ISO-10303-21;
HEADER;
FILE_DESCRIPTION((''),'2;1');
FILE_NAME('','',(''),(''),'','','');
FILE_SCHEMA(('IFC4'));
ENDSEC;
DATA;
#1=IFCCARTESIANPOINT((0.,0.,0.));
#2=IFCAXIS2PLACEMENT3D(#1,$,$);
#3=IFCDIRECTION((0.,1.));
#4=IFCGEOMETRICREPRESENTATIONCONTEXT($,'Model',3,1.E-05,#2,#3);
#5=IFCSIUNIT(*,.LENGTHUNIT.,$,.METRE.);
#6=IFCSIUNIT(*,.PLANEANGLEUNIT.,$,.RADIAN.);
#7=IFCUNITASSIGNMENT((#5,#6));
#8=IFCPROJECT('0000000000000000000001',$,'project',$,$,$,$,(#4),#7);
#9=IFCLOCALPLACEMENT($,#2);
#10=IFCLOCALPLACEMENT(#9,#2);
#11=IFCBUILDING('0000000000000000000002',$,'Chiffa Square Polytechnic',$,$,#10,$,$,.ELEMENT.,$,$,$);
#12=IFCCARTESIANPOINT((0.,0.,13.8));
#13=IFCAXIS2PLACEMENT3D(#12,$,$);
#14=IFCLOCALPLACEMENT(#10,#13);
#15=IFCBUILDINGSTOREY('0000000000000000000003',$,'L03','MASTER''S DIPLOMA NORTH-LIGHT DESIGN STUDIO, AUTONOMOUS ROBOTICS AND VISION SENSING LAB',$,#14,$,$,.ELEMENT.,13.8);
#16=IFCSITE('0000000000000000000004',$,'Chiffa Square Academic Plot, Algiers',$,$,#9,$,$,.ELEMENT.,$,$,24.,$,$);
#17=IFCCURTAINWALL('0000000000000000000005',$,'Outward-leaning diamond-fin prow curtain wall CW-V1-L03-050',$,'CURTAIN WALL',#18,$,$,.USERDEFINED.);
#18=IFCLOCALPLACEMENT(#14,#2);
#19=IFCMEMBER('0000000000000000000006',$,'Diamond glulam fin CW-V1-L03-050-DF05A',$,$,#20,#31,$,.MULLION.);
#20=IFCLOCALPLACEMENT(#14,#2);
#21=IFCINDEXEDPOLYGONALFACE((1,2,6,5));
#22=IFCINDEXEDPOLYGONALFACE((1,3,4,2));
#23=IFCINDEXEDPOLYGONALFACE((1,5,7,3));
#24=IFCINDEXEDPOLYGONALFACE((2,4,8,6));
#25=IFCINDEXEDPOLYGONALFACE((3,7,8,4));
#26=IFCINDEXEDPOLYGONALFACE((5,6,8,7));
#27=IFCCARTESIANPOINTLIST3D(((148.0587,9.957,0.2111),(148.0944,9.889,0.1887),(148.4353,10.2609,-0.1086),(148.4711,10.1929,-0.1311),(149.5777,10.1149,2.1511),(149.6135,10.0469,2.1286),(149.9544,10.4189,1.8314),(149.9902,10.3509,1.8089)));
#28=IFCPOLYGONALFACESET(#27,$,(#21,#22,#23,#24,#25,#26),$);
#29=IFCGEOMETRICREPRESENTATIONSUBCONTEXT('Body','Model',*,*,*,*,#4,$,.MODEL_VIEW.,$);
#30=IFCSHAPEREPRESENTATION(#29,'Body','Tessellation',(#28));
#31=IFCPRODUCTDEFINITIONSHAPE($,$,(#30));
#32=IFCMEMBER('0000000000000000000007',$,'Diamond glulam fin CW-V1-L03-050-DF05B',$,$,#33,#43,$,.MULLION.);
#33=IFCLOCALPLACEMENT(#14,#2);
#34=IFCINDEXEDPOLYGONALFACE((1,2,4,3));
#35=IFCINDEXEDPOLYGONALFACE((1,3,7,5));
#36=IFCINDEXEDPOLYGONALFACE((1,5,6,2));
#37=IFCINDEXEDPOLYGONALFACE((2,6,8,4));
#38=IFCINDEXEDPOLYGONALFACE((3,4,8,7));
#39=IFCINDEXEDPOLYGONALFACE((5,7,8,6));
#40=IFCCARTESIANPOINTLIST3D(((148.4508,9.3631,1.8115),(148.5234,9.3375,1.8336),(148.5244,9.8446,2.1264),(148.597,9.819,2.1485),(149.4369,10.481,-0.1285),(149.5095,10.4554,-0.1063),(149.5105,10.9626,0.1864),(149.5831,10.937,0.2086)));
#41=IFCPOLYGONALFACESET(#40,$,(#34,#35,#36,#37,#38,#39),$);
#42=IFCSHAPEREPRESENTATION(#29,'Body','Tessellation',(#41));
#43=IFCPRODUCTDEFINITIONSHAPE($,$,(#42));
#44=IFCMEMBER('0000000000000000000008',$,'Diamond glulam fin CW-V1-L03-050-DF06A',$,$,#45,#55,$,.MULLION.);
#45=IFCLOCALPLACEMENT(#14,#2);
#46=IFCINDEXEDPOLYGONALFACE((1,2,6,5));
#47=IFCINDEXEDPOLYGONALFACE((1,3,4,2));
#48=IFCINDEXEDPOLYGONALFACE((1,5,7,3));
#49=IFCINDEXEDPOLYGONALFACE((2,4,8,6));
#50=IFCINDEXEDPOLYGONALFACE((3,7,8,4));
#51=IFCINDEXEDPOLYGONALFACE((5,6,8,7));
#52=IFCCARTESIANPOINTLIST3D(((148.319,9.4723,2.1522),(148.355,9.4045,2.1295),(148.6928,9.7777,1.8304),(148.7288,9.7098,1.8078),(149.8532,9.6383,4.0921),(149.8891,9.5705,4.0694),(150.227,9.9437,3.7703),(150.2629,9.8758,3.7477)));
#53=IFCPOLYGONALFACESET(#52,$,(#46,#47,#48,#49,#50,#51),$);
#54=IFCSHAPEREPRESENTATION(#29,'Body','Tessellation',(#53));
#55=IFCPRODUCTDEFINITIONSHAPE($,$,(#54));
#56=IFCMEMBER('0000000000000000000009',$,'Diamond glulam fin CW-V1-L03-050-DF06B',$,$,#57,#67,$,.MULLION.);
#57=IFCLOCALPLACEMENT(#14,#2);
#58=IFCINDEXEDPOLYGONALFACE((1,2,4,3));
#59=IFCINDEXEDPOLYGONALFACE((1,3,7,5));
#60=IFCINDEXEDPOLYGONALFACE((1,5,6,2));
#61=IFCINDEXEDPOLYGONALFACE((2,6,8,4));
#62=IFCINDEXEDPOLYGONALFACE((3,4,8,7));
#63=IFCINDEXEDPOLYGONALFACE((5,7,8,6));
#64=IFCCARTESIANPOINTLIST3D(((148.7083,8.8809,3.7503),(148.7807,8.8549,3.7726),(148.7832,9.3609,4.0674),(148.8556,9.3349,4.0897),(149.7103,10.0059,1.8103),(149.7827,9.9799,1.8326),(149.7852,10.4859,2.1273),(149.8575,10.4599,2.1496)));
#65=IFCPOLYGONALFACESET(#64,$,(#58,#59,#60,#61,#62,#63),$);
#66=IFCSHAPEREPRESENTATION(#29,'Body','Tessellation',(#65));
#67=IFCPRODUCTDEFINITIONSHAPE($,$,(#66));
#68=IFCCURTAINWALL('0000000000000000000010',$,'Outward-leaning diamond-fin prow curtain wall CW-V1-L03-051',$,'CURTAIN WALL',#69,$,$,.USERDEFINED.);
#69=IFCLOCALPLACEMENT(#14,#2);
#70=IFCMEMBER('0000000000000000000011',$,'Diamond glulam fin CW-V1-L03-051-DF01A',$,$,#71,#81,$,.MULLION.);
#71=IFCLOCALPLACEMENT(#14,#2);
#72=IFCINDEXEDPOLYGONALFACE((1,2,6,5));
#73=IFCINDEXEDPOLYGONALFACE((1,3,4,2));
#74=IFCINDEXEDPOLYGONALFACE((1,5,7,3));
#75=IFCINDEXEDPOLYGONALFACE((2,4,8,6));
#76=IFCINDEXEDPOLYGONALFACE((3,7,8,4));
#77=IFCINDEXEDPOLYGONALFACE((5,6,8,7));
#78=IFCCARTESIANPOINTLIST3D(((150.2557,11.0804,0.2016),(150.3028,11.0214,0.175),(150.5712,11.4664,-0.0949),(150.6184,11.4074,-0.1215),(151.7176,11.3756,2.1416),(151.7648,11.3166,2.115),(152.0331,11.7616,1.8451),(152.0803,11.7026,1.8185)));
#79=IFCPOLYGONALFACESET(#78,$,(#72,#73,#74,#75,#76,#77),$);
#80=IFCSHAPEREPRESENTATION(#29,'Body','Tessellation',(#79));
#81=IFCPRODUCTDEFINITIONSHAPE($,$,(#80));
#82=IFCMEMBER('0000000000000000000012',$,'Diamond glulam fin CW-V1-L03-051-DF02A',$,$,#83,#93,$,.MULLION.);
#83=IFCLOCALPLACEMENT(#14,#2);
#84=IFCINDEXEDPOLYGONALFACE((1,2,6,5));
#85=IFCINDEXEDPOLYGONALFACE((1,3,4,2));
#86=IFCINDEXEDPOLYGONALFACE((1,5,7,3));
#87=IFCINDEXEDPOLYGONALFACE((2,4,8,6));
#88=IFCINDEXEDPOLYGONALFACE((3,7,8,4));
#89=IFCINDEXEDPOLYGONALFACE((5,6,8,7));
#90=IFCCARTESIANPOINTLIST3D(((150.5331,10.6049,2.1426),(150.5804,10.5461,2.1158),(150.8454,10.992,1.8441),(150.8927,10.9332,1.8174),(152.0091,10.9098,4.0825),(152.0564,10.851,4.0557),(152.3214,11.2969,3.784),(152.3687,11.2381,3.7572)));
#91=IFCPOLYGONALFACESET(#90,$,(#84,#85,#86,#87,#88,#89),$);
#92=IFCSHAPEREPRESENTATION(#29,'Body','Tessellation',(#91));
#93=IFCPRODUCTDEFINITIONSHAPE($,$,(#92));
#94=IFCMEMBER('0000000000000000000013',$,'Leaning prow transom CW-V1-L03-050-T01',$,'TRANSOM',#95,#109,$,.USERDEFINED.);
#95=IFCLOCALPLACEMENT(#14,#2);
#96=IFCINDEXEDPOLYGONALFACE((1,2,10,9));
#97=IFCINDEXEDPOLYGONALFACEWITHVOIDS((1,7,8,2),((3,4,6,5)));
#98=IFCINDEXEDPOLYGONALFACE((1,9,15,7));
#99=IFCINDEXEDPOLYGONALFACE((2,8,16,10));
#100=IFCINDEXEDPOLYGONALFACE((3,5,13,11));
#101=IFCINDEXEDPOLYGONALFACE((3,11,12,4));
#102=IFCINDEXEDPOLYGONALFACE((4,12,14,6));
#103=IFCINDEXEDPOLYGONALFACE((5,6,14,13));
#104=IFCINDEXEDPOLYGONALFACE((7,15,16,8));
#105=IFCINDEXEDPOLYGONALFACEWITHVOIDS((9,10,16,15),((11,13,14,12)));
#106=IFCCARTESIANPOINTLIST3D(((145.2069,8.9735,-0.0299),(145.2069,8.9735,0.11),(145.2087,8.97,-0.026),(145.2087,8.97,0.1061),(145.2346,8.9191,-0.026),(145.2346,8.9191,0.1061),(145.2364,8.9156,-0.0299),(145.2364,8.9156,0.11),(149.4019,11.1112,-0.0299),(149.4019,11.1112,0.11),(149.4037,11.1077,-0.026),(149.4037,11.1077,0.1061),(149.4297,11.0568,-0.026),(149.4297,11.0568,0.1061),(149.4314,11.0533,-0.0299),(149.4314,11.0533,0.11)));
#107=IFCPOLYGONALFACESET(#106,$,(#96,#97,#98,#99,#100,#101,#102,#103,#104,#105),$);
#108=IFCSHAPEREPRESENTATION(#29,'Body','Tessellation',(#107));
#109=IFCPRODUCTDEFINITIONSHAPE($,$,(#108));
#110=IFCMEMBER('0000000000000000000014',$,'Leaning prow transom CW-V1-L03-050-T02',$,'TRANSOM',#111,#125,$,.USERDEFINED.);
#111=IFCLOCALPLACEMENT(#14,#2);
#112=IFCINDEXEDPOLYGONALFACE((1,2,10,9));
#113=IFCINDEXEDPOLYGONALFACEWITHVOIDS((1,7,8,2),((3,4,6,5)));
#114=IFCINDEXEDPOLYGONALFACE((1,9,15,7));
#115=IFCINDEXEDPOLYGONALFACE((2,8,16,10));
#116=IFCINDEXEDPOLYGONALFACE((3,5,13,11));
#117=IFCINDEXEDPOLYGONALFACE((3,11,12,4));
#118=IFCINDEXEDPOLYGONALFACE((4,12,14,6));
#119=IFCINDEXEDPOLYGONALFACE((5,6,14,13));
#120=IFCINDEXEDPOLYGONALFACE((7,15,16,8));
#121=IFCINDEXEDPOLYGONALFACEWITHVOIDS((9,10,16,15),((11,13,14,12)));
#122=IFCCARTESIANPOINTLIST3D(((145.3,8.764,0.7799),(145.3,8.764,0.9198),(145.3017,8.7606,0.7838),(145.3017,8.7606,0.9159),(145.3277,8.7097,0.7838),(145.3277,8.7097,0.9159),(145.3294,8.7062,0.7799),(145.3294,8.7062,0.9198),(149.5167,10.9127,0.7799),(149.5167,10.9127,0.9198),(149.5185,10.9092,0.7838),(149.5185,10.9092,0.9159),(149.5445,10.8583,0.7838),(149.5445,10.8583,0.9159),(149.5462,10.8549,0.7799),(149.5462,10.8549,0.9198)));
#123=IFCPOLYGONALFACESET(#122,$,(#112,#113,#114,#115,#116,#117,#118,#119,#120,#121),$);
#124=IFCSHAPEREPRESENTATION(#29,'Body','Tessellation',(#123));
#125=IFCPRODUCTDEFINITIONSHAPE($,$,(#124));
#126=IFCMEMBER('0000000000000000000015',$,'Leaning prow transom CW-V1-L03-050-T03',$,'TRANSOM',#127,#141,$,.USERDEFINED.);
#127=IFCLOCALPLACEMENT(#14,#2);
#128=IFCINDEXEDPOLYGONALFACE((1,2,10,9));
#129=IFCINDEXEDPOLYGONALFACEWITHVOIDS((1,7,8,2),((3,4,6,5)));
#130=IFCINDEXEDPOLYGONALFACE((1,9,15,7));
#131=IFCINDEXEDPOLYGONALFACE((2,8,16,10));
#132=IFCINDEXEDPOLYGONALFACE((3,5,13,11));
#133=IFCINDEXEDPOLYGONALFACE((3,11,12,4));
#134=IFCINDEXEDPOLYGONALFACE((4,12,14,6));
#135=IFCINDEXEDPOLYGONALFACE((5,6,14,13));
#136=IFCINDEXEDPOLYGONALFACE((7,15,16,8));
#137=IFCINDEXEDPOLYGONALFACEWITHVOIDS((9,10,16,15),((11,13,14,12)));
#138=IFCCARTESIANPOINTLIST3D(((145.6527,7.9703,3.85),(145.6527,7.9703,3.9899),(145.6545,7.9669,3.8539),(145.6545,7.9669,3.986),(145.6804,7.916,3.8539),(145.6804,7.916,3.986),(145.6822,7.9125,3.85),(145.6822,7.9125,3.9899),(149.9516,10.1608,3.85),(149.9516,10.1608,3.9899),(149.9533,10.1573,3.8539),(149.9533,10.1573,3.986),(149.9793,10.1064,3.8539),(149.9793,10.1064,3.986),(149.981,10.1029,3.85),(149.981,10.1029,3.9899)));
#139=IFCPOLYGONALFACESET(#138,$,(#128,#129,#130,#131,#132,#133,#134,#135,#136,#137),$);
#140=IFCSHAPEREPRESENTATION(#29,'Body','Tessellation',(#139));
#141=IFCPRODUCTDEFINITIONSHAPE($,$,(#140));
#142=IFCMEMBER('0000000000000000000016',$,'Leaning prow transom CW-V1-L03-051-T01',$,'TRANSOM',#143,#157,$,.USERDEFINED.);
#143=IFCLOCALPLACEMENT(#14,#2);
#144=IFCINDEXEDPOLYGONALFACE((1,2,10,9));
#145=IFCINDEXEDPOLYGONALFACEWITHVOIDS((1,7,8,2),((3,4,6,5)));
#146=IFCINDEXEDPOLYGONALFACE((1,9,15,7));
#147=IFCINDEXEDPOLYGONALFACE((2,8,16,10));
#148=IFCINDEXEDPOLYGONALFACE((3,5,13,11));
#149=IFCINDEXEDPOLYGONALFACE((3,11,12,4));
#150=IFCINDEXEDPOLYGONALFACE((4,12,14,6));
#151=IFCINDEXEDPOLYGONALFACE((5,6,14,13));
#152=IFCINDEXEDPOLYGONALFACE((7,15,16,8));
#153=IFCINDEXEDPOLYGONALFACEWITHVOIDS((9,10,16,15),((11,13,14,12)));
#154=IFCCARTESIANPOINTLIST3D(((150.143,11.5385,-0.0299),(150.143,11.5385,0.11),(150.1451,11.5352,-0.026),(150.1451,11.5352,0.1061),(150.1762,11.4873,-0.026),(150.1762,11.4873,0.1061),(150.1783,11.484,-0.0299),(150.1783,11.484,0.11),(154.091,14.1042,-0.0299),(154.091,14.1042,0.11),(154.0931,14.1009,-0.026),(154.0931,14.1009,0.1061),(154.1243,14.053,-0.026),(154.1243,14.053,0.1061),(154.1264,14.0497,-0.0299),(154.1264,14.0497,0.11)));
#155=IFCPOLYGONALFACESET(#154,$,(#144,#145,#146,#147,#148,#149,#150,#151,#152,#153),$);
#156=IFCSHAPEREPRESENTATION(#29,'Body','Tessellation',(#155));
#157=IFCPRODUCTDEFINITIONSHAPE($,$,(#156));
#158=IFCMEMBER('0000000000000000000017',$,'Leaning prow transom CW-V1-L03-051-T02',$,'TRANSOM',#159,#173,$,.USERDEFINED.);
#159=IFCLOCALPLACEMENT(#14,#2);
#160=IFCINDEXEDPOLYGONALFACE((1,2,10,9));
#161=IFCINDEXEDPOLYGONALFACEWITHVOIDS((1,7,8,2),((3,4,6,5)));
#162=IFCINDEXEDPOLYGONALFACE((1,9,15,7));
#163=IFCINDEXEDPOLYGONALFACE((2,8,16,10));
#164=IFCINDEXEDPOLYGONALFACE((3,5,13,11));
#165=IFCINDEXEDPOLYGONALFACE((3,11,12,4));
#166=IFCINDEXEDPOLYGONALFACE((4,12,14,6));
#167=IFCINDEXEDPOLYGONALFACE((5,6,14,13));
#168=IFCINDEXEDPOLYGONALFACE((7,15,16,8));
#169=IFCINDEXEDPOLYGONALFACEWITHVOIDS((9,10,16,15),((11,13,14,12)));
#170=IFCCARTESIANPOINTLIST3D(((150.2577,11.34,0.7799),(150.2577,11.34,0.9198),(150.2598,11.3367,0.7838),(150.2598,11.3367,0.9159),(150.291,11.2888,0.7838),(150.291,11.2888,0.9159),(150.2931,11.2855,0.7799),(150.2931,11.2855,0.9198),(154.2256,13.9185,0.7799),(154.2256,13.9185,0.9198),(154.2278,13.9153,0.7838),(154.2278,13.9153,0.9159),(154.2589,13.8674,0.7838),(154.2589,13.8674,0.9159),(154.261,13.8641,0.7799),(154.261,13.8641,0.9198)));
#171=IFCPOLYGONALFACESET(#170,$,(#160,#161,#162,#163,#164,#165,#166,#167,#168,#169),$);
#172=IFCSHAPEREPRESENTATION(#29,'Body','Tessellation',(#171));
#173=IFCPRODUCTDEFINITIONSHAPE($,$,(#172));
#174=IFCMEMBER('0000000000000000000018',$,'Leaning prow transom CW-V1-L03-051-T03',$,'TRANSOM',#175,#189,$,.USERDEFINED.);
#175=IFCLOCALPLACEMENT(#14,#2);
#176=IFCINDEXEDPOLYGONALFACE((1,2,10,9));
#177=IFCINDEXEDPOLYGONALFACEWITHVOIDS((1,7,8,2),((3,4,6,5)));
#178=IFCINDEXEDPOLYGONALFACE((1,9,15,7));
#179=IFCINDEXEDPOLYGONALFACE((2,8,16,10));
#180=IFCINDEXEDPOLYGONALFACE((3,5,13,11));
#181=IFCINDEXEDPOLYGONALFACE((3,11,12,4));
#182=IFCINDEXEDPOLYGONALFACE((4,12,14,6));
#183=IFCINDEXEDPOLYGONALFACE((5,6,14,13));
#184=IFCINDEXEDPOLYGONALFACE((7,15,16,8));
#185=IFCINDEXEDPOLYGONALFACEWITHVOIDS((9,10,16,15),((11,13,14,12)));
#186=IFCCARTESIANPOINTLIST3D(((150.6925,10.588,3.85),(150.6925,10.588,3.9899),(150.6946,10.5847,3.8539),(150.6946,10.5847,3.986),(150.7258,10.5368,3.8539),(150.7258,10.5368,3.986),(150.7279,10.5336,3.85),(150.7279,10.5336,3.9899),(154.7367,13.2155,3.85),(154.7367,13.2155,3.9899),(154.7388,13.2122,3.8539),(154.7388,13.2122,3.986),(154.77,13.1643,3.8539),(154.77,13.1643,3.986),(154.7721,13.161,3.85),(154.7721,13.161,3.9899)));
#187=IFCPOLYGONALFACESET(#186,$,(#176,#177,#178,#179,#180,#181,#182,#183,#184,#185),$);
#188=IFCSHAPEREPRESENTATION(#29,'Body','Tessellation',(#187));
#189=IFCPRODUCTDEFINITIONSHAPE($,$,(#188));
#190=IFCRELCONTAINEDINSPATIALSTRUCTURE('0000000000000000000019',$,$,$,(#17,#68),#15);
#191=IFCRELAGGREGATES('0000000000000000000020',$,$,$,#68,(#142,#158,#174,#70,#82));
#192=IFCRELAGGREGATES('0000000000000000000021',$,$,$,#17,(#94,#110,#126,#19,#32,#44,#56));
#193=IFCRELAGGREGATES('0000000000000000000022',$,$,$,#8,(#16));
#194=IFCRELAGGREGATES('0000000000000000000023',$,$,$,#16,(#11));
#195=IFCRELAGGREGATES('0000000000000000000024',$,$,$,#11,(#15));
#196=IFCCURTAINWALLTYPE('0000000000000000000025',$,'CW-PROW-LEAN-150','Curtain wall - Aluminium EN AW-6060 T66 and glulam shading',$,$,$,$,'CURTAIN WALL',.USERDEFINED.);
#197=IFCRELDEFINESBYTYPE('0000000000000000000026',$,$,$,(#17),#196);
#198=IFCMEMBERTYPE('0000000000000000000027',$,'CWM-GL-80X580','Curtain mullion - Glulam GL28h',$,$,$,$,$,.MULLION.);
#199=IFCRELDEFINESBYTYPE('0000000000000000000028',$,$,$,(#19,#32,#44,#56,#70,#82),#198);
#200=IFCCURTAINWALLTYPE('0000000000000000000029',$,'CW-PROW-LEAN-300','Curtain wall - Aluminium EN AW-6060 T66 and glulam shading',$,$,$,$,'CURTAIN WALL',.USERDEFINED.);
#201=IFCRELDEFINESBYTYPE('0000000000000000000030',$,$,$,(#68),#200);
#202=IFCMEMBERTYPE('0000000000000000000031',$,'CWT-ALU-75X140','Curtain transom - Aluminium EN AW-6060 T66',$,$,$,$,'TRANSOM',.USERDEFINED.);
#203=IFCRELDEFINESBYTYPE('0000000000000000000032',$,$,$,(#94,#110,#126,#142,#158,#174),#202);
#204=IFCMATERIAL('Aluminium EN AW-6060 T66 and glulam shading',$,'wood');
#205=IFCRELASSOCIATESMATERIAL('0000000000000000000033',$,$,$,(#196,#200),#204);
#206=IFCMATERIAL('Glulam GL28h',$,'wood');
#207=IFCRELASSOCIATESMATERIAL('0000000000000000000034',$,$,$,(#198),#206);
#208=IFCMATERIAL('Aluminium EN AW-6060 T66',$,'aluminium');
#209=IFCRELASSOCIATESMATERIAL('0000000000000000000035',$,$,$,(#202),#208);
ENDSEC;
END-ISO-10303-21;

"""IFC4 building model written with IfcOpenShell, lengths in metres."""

from ifc_helpers import new_model, si_unit, direction, frame, origin, origin_2d, place, context, subcontext, project, spatial, rectangle, hollow_rectangle, extrude, material, material_profile, profile_set, type_object, element, aggregate, save


model = new_model("IFC4")

# Units and contexts
model_context = context("Model", 3, precision=1e-05, world=origin(), true_north=direction((0.0, 1.0)))
body_context = subcontext(model_context, "Body", "Model", "MODEL_VIEW")
ifc_project = project(units=[si_unit("LENGTHUNIT", "METRE"), si_unit("PLANEANGLEUNIT", "RADIAN")], contexts=[model_context])

# Site, building, storey
site_placement = place(None, origin())
site = spatial("IfcSite", under=ifc_project, at=site_placement, Name="Chiffa Square Academic Plot, Algiers", CompositionType="ELEMENT", RefElevation=24.0)
building_placement = place(site_placement, origin())
building = spatial("IfcBuilding", under=site, at=building_placement, Name="Chiffa Square Polytechnic", CompositionType="ELEMENT")
storey_placement = place(building_placement, frame((0.0, 0.0, 13.8)))
storey = spatial("IfcBuildingStorey", under=building, at=storey_placement, Name="L03", Description="MASTER'S DIPLOMA NORTH-LIGHT DESIGN STUDIO, AUTONOMOUS ROBOTICS AND VISION SENSING LAB", CompositionType="ELEMENT", Elevation=13.8)

# Curtain walls, members
ifc_material_1 = material(Name="Aluminium EN AW-6060 T66 and glulam shading", Category="wood")
curtain_wall_type_1 = type_object("IfcCurtainWallType", Name="CW-PROW-LEAN-150", Description="Curtain wall - Aluminium EN AW-6060 T66 and glulam shading", ElementType="CURTAIN WALL", PredefinedType="USERDEFINED", material=ifc_material_1)
curtain_wall_1_placement = place(storey_placement, origin())
curtain_wall_1 = element("IfcCurtainWall", 1, at=curtain_wall_1_placement, inside=storey, type_object=curtain_wall_type_1, Name="Outward-leaning diamond-fin prow curtain wall CW-V1-L03-050", ObjectType="CURTAIN WALL", PredefinedType="USERDEFINED")
ifc_material_2 = material(Name="Aluminium EN AW-6060 T66", Category="aluminium")
ifc_material_3 = material(Name="Glulam GL28h", Category="wood")
ifc_material_profile_1 = material_profile(ifc_material_3, rectangle(XDim=0.0801, YDim=0.5801, at=origin_2d()), Name="GL28h 80x580")
ifc_profile_set_1 = profile_set([ifc_material_profile_1], Name="Glulam GL28h")
member_type_1 = type_object("IfcMemberType", Name="CWM-GL-80X580", Description="Curtain mullion - Glulam GL28h", PredefinedType="MULLION", material=ifc_profile_set_1)
member_1_placement = place(storey_placement, frame((148.2649, 10.075, 0.04), z_axis=(0.615254, 0.063978, 0.785729), x_axis=(-0.446956, 0.849334, 0.280825)))
member_1 = element("IfcMember", 2, at=member_1_placement, type_object=member_type_1, Name="Diamond glulam fin CW-V1-L03-050-DF05A", PredefinedType="MULLION", context=body_context, shape_type="SweptSolid", body=[
    extrude(rectangle(XDim=0.0801, YDim=0.5801, at=origin_2d()), origin(), (0.0, 0.0, 1.0), 2.469),
])
member_2_placement = place(storey_placement, frame((149.51, 10.709, 0.04), z_axis=(-0.403055, -0.456942, 0.792938), x_axis=(0.906336, -0.319434, 0.276618)))
member_2 = element("IfcMember", 3, at=member_2_placement, type_object=member_type_1, Name="Diamond glulam fin CW-V1-L03-050-DF05B", PredefinedType="MULLION", context=body_context, shape_type="SweptSolid", body=[
    extrude(rectangle(XDim=0.0801, YDim=0.5801, at=origin_2d()), origin(), (0.0, 0.0, 1.0), 2.4465),
])
member_3_placement = place(storey_placement, frame((148.5239, 9.5911, 1.98), z_axis=(0.618911, 0.066973, 0.782601), x_axis=(-0.449089, 0.847612, 0.28262)))
member_3 = element("IfcMember", 4, at=member_3_placement, type_object=member_type_1, Name="Diamond glulam fin CW-V1-L03-050-DF06A", PredefinedType="MULLION", context=body_context, shape_type="SweptSolid", body=[
    extrude(rectangle(XDim=0.0801, YDim=0.5801, at=origin_2d()), origin(), (0.0, 0.0, 1.0), 2.4788),
])
member_4_placement = place(storey_placement, frame((149.7839, 10.2329, 1.98), z_axis=(-0.407929, -0.458025, 0.789815), x_axis=(0.903852, -0.324831, 0.278453)))
member_4 = element("IfcMember", 5, at=member_4_placement, type_object=member_type_1, Name="Diamond glulam fin CW-V1-L03-050-DF06B", PredefinedType="MULLION", context=body_context, shape_type="SweptSolid", body=[
    extrude(rectangle(XDim=0.0801, YDim=0.5801, at=origin_2d()), origin(), (0.0, 0.0, 1.0), 2.4563),
])
curtain_wall_type_2 = type_object("IfcCurtainWallType", Name="CW-PROW-LEAN-300", Description="Curtain wall - Aluminium EN AW-6060 T66 and glulam shading", ElementType="CURTAIN WALL", PredefinedType="USERDEFINED", material=ifc_material_1)
curtain_wall_2_placement = place(storey_placement, origin())
curtain_wall_2 = element("IfcCurtainWall", 6, at=curtain_wall_2_placement, inside=storey, type_object=curtain_wall_type_2, Name="Outward-leaning diamond-fin prow curtain wall CW-V1-L03-051", ObjectType="CURTAIN WALL", PredefinedType="USERDEFINED")
member_5_placement = place(storey_placement, frame((150.437, 11.2439, 0.04), z_axis=(0.597437, 0.120625, 0.792792), x_axis=(-0.589226, 0.736627, 0.331954)))
member_5 = element("IfcMember", 7, at=member_5_placement, type_object=member_type_1, Name="Diamond glulam fin CW-V1-L03-051-DF01A", PredefinedType="MULLION", context=body_context, shape_type="SweptSolid", body=[
    extrude(rectangle(XDim=0.0801, YDim=0.5801, at=origin_2d()), origin(), (0.0, 0.0, 1.0), 2.447),
])
member_6_placement = place(storey_placement, frame((150.7129, 10.769, 1.98), z_axis=(0.600847, 0.124125, 0.789668), x_axis=(-0.590863, 0.734317, 0.334155)))
member_6 = element("IfcMember", 8, at=member_6_placement, type_object=member_type_1, Name="Diamond glulam fin CW-V1-L03-051-DF02A", PredefinedType="MULLION", context=body_context, shape_type="SweptSolid", body=[
    extrude(rectangle(XDim=0.0801, YDim=0.5801, at=origin_2d()), origin(), (0.0, 0.0, 1.0), 2.4565),
])

# Members
ifc_material_profile_2 = material_profile(ifc_material_2, hollow_rectangle(XDim=0.0649, YDim=0.1399, WallThickness=0.0039, at=origin_2d()), Name="ALU 65x140x4")
ifc_profile_set_2 = profile_set([ifc_material_profile_2], Name="Aluminium EN AW-6060 T66")
member_type_2 = type_object("IfcMemberType", Name="CWT-ALU-75X140", Description="Curtain transom - Aluminium EN AW-6060 T66", ElementType="TRANSOM", PredefinedType="USERDEFINED", material=ifc_profile_set_2)
member_7_placement = place(storey_placement, frame((145.2217, 8.9446, 0.04), z_axis=(0.890989, 0.454024, 0.0), x_axis=(-0.454024, 0.890989, 0.0)))
member_7 = element("IfcMember", 9, at=member_7_placement, type_object=member_type_2, Name="Leaning prow transom CW-V1-L03-050-T01", ObjectType="TRANSOM", PredefinedType="USERDEFINED", context=body_context, shape_type="SweptSolid", body=[
    extrude(hollow_rectangle(XDim=0.0649, YDim=0.1399, WallThickness=0.0039, at=origin_2d()), origin(), (0.0, 0.0, 1.0), 4.7083),
])
member_8_placement = place(storey_placement, frame((145.3147, 8.7351, 0.8499), z_axis=(0.890997, 0.45401, 0.0), x_axis=(-0.45401, 0.890997, 0.0)))
member_8 = element("IfcMember", 10, at=member_8_placement, type_object=member_type_2, Name="Leaning prow transom CW-V1-L03-050-T02", ObjectType="TRANSOM", PredefinedType="USERDEFINED", context=body_context, shape_type="SweptSolid", body=[
    extrude(hollow_rectangle(XDim=0.0649, YDim=0.1399, WallThickness=0.0039, at=origin_2d()), origin(), (0.0, 0.0, 1.0), 4.7327),
])
member_9_placement = place(storey_placement, frame((145.6675, 7.9414, 3.9199), z_axis=(0.891001, 0.454002, 0.0), x_axis=(-0.454002, 0.891001, 0.0)))
member_9 = element("IfcMember", 11, at=member_9_placement, type_object=member_type_2, Name="Leaning prow transom CW-V1-L03-050-T03", ObjectType="TRANSOM", PredefinedType="USERDEFINED", context=body_context, shape_type="SweptSolid", body=[
    extrude(hollow_rectangle(XDim=0.0649, YDim=0.1399, WallThickness=0.0039, at=origin_2d()), origin(), (0.0, 0.0, 1.0), 4.8247),
])
member_10_placement = place(storey_placement, frame((150.1606, 11.5112, 0.04), z_axis=(0.838495, 0.54491, 0.0), x_axis=(-0.54491, 0.838495, 0.0)))
member_10 = element("IfcMember", 12, at=member_10_placement, type_object=member_type_2, Name="Leaning prow transom CW-V1-L03-051-T01", ObjectType="TRANSOM", PredefinedType="USERDEFINED", context=body_context, shape_type="SweptSolid", body=[
    extrude(hollow_rectangle(XDim=0.0649, YDim=0.1399, WallThickness=0.0039, at=origin_2d()), origin(), (0.0, 0.0, 1.0), 4.7085),
])
member_11_placement = place(storey_placement, frame((150.2754, 11.3127, 0.8499), z_axis=(0.838501, 0.544899, 0.0), x_axis=(-0.544899, 0.838501, 0.0)))
member_11 = element("IfcMember", 13, at=member_11_placement, type_object=member_type_2, Name="Leaning prow transom CW-V1-L03-051-T02", ObjectType="TRANSOM", PredefinedType="USERDEFINED", context=body_context, shape_type="SweptSolid", body=[
    extrude(hollow_rectangle(XDim=0.0649, YDim=0.1399, WallThickness=0.0039, at=origin_2d()), origin(), (0.0, 0.0, 1.0), 4.7322),
])
member_12_placement = place(storey_placement, frame((150.7102, 10.5608, 3.9199), z_axis=(0.838565, 0.544802, 0.0), x_axis=(-0.544802, 0.838565, 0.0)))
member_12 = element("IfcMember", 14, at=member_12_placement, type_object=member_type_2, Name="Leaning prow transom CW-V1-L03-051-T03", ObjectType="TRANSOM", PredefinedType="USERDEFINED", context=body_context, shape_type="SweptSolid", body=[
    extrude(hollow_rectangle(XDim=0.0649, YDim=0.1399, WallThickness=0.0039, at=origin_2d()), origin(), (0.0, 0.0, 1.0), 4.8228),
])

aggregate(curtain_wall_2, [member_10, member_11, member_12, member_5, member_6])
aggregate(curtain_wall_1, [member_7, member_8, member_9, member_1, member_2, member_3, member_4])

save(model, "model.ifc")
